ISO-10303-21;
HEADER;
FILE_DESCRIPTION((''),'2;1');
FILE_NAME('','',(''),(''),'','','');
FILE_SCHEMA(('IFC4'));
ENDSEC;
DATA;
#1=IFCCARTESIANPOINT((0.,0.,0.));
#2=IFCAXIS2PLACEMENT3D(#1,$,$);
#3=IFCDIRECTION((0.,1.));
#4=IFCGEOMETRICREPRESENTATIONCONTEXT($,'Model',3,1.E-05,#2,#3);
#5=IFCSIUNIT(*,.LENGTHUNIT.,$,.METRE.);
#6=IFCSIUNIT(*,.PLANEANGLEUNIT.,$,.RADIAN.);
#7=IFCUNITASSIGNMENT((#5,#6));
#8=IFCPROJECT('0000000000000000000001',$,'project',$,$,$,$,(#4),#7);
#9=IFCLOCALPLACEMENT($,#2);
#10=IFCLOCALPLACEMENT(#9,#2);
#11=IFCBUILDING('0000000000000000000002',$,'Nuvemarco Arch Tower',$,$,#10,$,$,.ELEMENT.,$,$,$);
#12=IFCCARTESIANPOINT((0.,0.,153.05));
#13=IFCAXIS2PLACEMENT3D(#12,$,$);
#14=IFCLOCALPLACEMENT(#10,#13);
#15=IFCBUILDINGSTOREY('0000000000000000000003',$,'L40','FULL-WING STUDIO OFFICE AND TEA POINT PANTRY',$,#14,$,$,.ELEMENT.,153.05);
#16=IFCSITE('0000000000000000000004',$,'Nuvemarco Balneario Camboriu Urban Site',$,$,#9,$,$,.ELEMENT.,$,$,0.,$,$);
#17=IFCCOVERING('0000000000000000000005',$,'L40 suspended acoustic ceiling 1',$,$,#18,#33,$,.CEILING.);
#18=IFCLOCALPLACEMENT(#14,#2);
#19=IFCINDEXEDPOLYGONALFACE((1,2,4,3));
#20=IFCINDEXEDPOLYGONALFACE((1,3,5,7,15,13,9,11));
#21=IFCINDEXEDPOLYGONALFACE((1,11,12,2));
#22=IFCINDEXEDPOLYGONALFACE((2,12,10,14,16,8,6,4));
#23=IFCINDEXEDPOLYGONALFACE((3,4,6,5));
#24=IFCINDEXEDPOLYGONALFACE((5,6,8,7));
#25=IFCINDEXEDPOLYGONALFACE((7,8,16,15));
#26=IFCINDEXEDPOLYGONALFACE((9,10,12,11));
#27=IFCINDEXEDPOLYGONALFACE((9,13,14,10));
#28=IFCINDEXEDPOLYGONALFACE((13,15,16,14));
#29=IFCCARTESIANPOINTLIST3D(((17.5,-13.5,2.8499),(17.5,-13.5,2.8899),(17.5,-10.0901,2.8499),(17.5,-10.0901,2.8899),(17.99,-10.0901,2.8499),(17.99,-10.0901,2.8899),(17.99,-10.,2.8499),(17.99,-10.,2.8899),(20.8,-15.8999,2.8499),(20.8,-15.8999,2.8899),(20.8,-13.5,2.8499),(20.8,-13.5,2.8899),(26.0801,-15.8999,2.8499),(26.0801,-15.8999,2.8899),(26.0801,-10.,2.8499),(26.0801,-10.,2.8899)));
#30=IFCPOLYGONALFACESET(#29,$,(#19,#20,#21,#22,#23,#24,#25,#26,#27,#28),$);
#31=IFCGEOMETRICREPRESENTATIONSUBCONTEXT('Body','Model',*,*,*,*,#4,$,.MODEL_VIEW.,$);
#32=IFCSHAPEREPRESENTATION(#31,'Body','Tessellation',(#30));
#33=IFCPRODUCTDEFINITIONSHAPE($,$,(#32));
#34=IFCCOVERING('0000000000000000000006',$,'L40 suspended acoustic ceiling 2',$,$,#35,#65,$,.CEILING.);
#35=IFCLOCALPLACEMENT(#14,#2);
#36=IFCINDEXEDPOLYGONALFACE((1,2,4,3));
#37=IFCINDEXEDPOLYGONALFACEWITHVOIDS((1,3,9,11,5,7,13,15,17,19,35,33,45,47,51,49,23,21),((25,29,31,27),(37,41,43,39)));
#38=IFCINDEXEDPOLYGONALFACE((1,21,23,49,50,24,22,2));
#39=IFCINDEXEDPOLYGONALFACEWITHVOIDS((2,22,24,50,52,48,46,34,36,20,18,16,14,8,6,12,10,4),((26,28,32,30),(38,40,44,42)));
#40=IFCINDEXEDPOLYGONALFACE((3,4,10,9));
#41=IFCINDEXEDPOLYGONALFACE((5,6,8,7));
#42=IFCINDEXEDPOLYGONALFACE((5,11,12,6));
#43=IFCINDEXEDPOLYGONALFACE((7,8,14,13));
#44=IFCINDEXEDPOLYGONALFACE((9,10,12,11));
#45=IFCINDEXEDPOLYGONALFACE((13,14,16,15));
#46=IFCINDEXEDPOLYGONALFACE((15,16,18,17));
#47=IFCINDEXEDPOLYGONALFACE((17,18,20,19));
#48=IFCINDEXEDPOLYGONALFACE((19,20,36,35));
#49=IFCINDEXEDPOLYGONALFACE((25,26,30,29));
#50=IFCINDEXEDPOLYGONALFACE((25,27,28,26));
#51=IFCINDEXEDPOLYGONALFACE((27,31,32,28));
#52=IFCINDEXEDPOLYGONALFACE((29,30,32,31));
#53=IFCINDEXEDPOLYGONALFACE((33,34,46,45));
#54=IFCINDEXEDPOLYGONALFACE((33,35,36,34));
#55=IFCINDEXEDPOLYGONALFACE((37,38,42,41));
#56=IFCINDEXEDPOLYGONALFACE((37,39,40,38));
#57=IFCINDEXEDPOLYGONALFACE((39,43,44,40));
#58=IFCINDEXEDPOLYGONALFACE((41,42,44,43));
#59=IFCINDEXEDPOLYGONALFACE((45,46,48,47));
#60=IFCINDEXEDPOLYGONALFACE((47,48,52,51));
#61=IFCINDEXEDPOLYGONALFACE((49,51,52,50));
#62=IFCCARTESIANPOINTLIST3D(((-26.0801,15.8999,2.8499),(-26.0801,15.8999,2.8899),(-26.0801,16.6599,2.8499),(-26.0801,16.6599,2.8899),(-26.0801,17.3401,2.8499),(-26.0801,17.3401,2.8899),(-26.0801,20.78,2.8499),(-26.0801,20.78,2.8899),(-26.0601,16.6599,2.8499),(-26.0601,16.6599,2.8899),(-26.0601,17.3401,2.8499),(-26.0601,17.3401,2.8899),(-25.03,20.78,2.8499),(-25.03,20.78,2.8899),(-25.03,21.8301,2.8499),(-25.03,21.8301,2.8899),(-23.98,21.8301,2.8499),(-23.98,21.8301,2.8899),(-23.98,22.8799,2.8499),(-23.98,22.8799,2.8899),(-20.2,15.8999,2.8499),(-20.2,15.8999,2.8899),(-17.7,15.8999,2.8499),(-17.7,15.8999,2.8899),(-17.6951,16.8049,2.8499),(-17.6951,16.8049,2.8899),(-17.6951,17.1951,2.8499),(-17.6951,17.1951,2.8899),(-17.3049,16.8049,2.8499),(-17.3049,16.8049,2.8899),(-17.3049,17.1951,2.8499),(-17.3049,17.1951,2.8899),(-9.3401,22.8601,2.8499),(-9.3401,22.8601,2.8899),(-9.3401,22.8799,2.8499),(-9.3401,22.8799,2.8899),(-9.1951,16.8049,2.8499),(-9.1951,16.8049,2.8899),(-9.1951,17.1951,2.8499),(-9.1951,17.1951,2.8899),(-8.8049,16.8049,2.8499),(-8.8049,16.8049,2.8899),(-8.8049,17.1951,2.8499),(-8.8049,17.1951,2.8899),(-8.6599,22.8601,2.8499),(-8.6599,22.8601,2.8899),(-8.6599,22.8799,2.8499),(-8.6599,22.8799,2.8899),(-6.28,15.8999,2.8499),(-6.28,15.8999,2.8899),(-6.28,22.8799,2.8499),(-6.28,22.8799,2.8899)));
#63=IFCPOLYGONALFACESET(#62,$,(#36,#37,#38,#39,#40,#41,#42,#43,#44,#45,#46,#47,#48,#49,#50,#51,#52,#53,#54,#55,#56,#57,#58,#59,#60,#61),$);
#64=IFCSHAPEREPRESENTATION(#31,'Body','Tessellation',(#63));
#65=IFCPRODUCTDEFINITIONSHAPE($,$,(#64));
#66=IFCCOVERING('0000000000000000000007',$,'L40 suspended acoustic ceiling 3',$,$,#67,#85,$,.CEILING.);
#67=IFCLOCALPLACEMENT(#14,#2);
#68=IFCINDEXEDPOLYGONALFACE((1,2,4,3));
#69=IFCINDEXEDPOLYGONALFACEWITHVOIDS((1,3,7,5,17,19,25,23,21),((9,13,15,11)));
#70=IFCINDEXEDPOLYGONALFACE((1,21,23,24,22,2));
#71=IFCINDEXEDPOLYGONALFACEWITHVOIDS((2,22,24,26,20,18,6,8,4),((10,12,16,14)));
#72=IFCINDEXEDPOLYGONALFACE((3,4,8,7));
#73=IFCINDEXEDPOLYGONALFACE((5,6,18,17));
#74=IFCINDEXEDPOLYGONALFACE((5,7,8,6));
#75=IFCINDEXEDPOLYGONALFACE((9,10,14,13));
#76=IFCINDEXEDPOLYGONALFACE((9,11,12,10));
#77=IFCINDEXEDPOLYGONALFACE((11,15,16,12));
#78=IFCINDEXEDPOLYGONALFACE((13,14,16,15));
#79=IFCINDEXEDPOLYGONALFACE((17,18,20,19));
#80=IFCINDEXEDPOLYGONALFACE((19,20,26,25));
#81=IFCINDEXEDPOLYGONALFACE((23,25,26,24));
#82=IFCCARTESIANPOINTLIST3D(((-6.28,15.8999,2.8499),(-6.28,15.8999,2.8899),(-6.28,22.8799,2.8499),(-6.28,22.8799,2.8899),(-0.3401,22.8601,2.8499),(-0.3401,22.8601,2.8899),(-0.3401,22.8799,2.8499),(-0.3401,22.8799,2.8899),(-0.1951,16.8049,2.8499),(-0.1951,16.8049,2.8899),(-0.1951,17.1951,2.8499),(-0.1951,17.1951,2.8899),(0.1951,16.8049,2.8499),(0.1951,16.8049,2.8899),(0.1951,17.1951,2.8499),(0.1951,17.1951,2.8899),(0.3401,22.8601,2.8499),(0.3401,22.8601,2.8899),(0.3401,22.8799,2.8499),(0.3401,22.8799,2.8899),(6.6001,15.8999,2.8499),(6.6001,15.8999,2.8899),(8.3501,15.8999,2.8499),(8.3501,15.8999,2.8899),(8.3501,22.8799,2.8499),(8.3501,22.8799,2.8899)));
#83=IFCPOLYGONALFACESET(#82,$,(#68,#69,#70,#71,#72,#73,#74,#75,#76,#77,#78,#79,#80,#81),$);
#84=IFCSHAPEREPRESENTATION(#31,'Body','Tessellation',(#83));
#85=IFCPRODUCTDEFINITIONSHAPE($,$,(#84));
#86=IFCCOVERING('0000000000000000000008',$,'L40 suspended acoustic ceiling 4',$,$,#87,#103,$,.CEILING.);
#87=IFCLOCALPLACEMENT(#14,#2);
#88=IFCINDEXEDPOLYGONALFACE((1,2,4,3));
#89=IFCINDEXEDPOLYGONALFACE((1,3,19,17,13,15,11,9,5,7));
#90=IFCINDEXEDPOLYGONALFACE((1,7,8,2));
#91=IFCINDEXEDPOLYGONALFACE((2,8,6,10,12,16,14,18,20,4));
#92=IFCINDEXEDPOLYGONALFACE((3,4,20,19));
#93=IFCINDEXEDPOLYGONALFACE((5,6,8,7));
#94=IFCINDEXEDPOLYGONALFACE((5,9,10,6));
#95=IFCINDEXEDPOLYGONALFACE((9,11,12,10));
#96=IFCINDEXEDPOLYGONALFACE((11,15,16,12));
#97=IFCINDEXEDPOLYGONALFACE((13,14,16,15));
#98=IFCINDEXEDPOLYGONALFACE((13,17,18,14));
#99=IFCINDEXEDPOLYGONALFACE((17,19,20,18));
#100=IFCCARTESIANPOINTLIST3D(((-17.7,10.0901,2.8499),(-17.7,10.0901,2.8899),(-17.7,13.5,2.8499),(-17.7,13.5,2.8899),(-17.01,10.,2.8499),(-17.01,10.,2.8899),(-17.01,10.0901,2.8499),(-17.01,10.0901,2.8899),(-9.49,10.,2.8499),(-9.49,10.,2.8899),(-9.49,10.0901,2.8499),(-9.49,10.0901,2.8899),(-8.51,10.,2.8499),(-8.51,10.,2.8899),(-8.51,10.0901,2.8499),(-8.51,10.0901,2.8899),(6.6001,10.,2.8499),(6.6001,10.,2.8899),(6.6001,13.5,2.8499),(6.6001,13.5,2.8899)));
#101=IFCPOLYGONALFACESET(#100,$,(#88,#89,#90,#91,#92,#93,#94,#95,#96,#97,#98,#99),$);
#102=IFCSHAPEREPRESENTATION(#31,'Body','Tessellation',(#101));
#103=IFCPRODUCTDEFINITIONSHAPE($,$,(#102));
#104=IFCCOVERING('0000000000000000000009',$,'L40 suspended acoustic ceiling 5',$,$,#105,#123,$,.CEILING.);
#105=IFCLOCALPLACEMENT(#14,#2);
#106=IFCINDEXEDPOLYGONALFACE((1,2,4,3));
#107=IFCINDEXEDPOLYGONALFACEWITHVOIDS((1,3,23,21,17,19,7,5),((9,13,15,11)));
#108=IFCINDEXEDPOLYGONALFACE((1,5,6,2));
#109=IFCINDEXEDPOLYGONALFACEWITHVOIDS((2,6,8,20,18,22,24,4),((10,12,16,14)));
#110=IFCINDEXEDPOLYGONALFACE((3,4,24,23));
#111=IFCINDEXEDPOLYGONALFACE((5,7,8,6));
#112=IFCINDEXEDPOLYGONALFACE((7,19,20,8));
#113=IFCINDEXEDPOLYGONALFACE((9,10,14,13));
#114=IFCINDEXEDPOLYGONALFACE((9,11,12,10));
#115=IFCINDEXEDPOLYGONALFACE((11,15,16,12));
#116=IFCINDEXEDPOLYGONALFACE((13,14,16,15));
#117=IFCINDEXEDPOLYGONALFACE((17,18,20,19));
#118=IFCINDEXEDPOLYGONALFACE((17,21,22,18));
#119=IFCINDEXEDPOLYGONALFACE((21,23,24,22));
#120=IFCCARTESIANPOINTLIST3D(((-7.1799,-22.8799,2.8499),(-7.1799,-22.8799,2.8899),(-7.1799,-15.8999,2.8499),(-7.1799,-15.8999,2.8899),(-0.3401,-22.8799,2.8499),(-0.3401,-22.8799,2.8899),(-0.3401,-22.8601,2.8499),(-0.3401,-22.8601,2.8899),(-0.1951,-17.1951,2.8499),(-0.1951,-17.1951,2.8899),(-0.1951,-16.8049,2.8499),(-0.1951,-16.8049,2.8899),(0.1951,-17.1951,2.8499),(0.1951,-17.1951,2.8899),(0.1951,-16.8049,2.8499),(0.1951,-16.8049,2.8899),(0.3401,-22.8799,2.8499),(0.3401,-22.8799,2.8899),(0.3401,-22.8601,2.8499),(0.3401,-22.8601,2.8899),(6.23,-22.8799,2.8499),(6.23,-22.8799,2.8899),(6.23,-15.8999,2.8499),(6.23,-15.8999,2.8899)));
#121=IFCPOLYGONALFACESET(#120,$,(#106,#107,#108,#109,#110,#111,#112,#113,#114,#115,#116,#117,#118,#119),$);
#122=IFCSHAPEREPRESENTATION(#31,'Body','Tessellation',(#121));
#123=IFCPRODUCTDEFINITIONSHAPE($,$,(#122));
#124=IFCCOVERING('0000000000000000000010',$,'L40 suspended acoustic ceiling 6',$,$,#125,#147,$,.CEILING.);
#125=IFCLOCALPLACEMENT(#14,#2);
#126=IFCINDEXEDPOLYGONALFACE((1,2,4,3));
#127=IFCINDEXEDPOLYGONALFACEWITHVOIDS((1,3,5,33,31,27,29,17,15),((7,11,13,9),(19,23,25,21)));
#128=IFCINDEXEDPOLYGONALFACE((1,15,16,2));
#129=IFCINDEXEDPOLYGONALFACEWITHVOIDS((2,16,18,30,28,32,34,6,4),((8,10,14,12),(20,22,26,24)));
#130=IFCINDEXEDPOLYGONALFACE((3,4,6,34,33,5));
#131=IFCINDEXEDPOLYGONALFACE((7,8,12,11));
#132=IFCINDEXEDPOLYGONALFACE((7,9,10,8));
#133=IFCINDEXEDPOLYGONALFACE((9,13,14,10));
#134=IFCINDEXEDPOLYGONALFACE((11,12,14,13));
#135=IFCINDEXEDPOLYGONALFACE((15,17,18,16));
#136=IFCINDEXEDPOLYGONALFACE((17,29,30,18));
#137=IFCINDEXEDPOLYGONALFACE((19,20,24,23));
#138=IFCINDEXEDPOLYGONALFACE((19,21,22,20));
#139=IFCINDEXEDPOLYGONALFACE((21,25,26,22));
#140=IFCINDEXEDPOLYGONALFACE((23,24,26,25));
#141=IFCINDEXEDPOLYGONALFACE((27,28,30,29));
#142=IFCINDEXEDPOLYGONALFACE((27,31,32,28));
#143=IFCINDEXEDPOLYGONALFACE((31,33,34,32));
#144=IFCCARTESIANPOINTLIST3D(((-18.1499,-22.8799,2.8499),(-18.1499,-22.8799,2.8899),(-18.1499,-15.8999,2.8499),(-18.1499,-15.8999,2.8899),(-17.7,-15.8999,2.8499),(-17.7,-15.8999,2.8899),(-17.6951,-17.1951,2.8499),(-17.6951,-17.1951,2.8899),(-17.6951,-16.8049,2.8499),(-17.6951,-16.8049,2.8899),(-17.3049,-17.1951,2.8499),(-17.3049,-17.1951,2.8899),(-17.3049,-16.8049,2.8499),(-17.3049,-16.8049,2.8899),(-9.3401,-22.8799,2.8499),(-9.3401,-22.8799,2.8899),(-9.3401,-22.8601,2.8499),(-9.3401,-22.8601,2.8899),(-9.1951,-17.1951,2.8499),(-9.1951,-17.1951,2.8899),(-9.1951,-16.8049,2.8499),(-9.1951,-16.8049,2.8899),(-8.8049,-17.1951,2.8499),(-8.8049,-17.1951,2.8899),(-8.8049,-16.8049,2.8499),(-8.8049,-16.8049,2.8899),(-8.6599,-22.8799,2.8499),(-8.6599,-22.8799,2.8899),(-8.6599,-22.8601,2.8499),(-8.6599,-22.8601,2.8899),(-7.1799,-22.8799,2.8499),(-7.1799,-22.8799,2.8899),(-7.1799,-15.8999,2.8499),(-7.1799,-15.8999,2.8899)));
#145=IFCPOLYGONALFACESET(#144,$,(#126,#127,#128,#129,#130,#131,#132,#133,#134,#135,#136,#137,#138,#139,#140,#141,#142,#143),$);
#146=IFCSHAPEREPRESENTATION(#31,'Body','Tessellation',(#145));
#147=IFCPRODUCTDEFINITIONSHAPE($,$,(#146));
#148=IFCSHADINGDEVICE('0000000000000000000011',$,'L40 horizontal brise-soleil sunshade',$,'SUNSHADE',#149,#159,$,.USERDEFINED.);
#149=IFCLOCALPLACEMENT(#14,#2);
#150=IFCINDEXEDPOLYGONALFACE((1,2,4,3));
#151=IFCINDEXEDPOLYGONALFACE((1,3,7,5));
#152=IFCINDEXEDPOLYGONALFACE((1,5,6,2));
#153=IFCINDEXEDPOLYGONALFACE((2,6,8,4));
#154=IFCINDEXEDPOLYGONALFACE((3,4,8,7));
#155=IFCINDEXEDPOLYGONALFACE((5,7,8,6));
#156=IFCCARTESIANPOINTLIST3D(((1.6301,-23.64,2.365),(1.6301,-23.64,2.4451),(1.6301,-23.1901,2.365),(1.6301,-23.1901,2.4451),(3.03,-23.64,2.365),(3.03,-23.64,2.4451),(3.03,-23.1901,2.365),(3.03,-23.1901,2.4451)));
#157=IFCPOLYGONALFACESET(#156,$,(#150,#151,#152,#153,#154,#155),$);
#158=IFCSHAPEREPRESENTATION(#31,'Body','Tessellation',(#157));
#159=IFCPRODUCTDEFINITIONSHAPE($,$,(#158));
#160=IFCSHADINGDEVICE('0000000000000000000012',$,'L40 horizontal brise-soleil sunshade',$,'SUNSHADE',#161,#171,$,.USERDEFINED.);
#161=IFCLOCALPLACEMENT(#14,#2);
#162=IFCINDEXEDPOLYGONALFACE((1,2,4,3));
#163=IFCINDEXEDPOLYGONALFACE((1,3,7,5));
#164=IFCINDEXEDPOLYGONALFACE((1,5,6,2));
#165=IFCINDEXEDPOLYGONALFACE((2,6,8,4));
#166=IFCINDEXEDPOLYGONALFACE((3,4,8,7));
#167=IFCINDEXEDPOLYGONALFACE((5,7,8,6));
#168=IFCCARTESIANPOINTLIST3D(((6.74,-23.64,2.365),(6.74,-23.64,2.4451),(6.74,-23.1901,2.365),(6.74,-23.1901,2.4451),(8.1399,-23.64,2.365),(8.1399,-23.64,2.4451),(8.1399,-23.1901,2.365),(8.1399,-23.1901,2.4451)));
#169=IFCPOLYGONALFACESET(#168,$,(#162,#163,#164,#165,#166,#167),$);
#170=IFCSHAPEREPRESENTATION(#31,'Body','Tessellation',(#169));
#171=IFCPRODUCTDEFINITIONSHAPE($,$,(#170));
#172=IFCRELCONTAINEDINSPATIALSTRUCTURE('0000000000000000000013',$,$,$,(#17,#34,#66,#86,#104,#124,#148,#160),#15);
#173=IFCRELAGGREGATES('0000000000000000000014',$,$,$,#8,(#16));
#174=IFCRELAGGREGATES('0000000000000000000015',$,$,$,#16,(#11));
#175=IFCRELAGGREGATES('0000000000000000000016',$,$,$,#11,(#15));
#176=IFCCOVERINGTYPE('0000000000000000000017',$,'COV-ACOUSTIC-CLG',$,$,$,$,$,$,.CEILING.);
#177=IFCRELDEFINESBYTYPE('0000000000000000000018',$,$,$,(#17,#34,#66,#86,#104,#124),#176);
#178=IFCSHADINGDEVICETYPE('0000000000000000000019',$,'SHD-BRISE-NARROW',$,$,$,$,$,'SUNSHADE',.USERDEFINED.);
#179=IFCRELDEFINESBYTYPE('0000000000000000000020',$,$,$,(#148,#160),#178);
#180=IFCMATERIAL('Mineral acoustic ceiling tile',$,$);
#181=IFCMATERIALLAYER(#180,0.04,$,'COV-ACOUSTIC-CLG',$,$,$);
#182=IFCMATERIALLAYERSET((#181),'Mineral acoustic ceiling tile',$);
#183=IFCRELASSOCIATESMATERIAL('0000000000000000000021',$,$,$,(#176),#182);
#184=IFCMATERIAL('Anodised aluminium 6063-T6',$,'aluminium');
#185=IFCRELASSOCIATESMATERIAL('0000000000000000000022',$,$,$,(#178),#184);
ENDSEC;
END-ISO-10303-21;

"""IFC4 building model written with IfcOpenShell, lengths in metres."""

from ifc_helpers import new_model, si_unit, direction, frame, origin, origin_2d, place, context, subcontext, project, spatial, polyline, rectangle, outline, extrude, source, transform, mapped, material, layer, layer_set, type_object, type_shapes, element, save


model = new_model("IFC4")

# Units and contexts
model_context = context("Model", 3, precision=1e-05, world=origin(), true_north=direction((0.0, 1.0)))
body_context = subcontext(model_context, "Body", "Model", "MODEL_VIEW")
ifc_project = project(units=[si_unit("LENGTHUNIT", "METRE"), si_unit("PLANEANGLEUNIT", "RADIAN")], contexts=[model_context])

# Site, building, storey
site_placement = place(None, origin())
site = spatial("IfcSite", under=ifc_project, at=site_placement, Name="Nuvemarco Balneario Camboriu Urban Site", CompositionType="ELEMENT", RefElevation=0.0)
building_placement = place(site_placement, origin())
building = spatial("IfcBuilding", under=site, at=building_placement, Name="Nuvemarco Arch Tower", CompositionType="ELEMENT")
storey_placement = place(building_placement, frame((0.0, 0.0, 153.05)))
storey = spatial("IfcBuildingStorey", under=building, at=storey_placement, Name="L40", Description="FULL-WING STUDIO OFFICE AND TEA POINT PANTRY", CompositionType="ELEMENT", Elevation=153.05)

# Coverings
ifc_material_1 = material(Name="Mineral acoustic ceiling tile")
ifc_layer_1 = layer(ifc_material_1, 0.04, Name="COV-ACOUSTIC-CLG")
ifc_layer_set_1 = layer_set([ifc_layer_1], Name="Mineral acoustic ceiling tile")
covering_type = type_object("IfcCoveringType", Name="COV-ACOUSTIC-CLG", PredefinedType="CEILING", material=ifc_layer_set_1)
covering_1_placement = place(storey_placement, frame((0.0, 0.0, 2.8499)))
element("IfcCovering", 1, at=covering_1_placement, inside=storey, type_object=covering_type, Name="L40 suspended acoustic ceiling 1", PredefinedType="CEILING", context=body_context, shape_type="SweptSolid", body=[
    extrude(outline(polyline([(17.5, -10.0901), (17.99, -10.0901), (17.99, -10.0), (26.0801, -10.0), (26.0801, -15.8999), (20.8, -15.8999), (20.8, -13.5), (17.5, -13.5), (17.5, -10.0901)])), origin(), (0.0, 0.0, 1.0), 0.04),
])
covering_2_placement = place(storey_placement, frame((0.0, 0.0, 2.8499)))
element("IfcCovering", 2, at=covering_2_placement, inside=storey, type_object=covering_type, Name="L40 suspended acoustic ceiling 2", PredefinedType="CEILING", context=body_context, shape_type="SweptSolid", body=[
    extrude(outline(polyline([(-26.0601, 16.6599), (-26.0601, 17.3401), (-26.0801, 17.3401), (-26.0801, 20.78), (-25.03, 20.78), (-25.03, 21.8301), (-23.98, 21.8301), (-23.98, 22.8799), (-9.3401, 22.8799), (-9.3401, 22.8601), (-8.6599, 22.8601), (-8.6599, 22.8799), (-6.28, 22.8799), (-6.28, 15.8999), (-17.7, 15.8999), (-20.2, 15.8999), (-26.0801, 15.8999), (-26.0801, 16.6599), (-26.0601, 16.6599)]), holes=[polyline([(-17.3049, 16.8049), (-17.3049, 17.1951), (-17.6951, 17.1951), (-17.6951, 16.8049), (-17.3049, 16.8049)]), polyline([(-8.8049, 16.8049), (-8.8049, 17.1951), (-9.1951, 17.1951), (-9.1951, 16.8049), (-8.8049, 16.8049)])]), origin(), (0.0, 0.0, 1.0), 0.04),
])
covering_3_placement = place(storey_placement, frame((0.0, 0.0, 2.8499)))
element("IfcCovering", 3, at=covering_3_placement, inside=storey, type_object=covering_type, Name="L40 suspended acoustic ceiling 3", PredefinedType="CEILING", context=body_context, shape_type="SweptSolid", body=[
    extrude(outline(polyline([(-0.3401, 22.8601), (0.3401, 22.8601), (0.3401, 22.8799), (8.3501, 22.8799), (8.3501, 15.8999), (6.6001, 15.8999), (-6.28, 15.8999), (-6.28, 22.8799), (-0.3401, 22.8799), (-0.3401, 22.8601)]), holes=[polyline([(0.1951, 16.8049), (0.1951, 17.1951), (-0.1951, 17.1951), (-0.1951, 16.8049), (0.1951, 16.8049)])]), origin(), (0.0, 0.0, 1.0), 0.04),
])
covering_4_placement = place(storey_placement, frame((0.0, 0.0, 2.8499)))
element("IfcCovering", 4, at=covering_4_placement, inside=storey, type_object=covering_type, Name="L40 suspended acoustic ceiling 4", PredefinedType="CEILING", context=body_context, shape_type="SweptSolid", body=[
    extrude(outline(polyline([(6.6001, 13.5), (6.6001, 10.0), (-8.51, 10.0), (-8.51, 10.0901), (-9.49, 10.0901), (-9.49, 10.0), (-17.01, 10.0), (-17.01, 10.0901), (-17.7, 10.0901), (-17.7, 13.5), (6.6001, 13.5)])), origin(), (0.0, 0.0, 1.0), 0.04),
])
covering_5_placement = place(storey_placement, frame((0.0, 0.0, 2.8499)))
element("IfcCovering", 5, at=covering_5_placement, inside=storey, type_object=covering_type, Name="L40 suspended acoustic ceiling 5", PredefinedType="CEILING", context=body_context, shape_type="SweptSolid", body=[
    extrude(outline(polyline([(0.3401, -22.8799), (0.3401, -22.8601), (-0.3401, -22.8601), (-0.3401, -22.8799), (-7.1799, -22.8799), (-7.1799, -15.8999), (6.23, -15.8999), (6.23, -22.8799), (0.3401, -22.8799)]), holes=[polyline([(0.1951, -17.1951), (0.1951, -16.8049), (-0.1951, -16.8049), (-0.1951, -17.1951), (0.1951, -17.1951)])]), origin(), (0.0, 0.0, 1.0), 0.04),
])
covering_6_placement = place(storey_placement, frame((0.0, 0.0, 2.8499)))
element("IfcCovering", 6, at=covering_6_placement, inside=storey, type_object=covering_type, Name="L40 suspended acoustic ceiling 6", PredefinedType="CEILING", context=body_context, shape_type="SweptSolid", body=[
    extrude(outline(polyline([(-7.1799, -22.8799), (-8.6599, -22.8799), (-8.6599, -22.8601), (-9.3401, -22.8601), (-9.3401, -22.8799), (-18.1499, -22.8799), (-18.1499, -15.8999), (-17.7, -15.8999), (-7.1799, -15.8999), (-7.1799, -22.8799)]), holes=[polyline([(-17.3049, -16.8049), (-17.6951, -16.8049), (-17.6951, -17.1951), (-17.3049, -17.1951), (-17.3049, -16.8049)]), polyline([(-8.8049, -17.1951), (-8.8049, -16.8049), (-9.1951, -16.8049), (-9.1951, -17.1951), (-8.8049, -17.1951)])]), origin(), (0.0, 0.0, 1.0), 0.04),
])

# Shading devices
ifc_material_2 = material(Name="Anodised aluminium 6063-T6", Category="aluminium")
shading_device_type = type_object("IfcShadingDeviceType", Name="SHD-BRISE-NARROW", ElementType="SUNSHADE", PredefinedType="USERDEFINED", material=ifc_material_2)
shared_shape_1 = source(origin(), body_context, "Body", "SweptSolid", [
    extrude(rectangle(XDim=1.3999, YDim=0.45, at=origin_2d()), origin(), (0.0, 0.0, 1.0), 0.0801),
])
type_shapes(shading_device_type, [shared_shape_1])
for number, where, z_axis, x_axis, name in (
    (7, (2.3301, -23.415, 2.365), (0.0, 0.0, 1.0), (1.0, 0.0, 0.0), "L40 horizontal brise-soleil sunshade"),
    (8, (7.4399, -23.415, 2.365), (0.0, 0.0, 1.0), (1.0, 0.0, 0.0), "L40 horizontal brise-soleil sunshade"),
):
    element("IfcShadingDevice", number, at=place(storey_placement, frame(where, z_axis=z_axis, x_axis=x_axis)), inside=storey, type_object=shading_device_type, Name=name, ObjectType="SUNSHADE", PredefinedType="USERDEFINED", context=body_context, shape_type="MappedRepresentation", body=[
        mapped(shared_shape_1, transform((0.0, 0.0, 0.0), scale=1.0)),
    ])

save(model, "model.ifc")
